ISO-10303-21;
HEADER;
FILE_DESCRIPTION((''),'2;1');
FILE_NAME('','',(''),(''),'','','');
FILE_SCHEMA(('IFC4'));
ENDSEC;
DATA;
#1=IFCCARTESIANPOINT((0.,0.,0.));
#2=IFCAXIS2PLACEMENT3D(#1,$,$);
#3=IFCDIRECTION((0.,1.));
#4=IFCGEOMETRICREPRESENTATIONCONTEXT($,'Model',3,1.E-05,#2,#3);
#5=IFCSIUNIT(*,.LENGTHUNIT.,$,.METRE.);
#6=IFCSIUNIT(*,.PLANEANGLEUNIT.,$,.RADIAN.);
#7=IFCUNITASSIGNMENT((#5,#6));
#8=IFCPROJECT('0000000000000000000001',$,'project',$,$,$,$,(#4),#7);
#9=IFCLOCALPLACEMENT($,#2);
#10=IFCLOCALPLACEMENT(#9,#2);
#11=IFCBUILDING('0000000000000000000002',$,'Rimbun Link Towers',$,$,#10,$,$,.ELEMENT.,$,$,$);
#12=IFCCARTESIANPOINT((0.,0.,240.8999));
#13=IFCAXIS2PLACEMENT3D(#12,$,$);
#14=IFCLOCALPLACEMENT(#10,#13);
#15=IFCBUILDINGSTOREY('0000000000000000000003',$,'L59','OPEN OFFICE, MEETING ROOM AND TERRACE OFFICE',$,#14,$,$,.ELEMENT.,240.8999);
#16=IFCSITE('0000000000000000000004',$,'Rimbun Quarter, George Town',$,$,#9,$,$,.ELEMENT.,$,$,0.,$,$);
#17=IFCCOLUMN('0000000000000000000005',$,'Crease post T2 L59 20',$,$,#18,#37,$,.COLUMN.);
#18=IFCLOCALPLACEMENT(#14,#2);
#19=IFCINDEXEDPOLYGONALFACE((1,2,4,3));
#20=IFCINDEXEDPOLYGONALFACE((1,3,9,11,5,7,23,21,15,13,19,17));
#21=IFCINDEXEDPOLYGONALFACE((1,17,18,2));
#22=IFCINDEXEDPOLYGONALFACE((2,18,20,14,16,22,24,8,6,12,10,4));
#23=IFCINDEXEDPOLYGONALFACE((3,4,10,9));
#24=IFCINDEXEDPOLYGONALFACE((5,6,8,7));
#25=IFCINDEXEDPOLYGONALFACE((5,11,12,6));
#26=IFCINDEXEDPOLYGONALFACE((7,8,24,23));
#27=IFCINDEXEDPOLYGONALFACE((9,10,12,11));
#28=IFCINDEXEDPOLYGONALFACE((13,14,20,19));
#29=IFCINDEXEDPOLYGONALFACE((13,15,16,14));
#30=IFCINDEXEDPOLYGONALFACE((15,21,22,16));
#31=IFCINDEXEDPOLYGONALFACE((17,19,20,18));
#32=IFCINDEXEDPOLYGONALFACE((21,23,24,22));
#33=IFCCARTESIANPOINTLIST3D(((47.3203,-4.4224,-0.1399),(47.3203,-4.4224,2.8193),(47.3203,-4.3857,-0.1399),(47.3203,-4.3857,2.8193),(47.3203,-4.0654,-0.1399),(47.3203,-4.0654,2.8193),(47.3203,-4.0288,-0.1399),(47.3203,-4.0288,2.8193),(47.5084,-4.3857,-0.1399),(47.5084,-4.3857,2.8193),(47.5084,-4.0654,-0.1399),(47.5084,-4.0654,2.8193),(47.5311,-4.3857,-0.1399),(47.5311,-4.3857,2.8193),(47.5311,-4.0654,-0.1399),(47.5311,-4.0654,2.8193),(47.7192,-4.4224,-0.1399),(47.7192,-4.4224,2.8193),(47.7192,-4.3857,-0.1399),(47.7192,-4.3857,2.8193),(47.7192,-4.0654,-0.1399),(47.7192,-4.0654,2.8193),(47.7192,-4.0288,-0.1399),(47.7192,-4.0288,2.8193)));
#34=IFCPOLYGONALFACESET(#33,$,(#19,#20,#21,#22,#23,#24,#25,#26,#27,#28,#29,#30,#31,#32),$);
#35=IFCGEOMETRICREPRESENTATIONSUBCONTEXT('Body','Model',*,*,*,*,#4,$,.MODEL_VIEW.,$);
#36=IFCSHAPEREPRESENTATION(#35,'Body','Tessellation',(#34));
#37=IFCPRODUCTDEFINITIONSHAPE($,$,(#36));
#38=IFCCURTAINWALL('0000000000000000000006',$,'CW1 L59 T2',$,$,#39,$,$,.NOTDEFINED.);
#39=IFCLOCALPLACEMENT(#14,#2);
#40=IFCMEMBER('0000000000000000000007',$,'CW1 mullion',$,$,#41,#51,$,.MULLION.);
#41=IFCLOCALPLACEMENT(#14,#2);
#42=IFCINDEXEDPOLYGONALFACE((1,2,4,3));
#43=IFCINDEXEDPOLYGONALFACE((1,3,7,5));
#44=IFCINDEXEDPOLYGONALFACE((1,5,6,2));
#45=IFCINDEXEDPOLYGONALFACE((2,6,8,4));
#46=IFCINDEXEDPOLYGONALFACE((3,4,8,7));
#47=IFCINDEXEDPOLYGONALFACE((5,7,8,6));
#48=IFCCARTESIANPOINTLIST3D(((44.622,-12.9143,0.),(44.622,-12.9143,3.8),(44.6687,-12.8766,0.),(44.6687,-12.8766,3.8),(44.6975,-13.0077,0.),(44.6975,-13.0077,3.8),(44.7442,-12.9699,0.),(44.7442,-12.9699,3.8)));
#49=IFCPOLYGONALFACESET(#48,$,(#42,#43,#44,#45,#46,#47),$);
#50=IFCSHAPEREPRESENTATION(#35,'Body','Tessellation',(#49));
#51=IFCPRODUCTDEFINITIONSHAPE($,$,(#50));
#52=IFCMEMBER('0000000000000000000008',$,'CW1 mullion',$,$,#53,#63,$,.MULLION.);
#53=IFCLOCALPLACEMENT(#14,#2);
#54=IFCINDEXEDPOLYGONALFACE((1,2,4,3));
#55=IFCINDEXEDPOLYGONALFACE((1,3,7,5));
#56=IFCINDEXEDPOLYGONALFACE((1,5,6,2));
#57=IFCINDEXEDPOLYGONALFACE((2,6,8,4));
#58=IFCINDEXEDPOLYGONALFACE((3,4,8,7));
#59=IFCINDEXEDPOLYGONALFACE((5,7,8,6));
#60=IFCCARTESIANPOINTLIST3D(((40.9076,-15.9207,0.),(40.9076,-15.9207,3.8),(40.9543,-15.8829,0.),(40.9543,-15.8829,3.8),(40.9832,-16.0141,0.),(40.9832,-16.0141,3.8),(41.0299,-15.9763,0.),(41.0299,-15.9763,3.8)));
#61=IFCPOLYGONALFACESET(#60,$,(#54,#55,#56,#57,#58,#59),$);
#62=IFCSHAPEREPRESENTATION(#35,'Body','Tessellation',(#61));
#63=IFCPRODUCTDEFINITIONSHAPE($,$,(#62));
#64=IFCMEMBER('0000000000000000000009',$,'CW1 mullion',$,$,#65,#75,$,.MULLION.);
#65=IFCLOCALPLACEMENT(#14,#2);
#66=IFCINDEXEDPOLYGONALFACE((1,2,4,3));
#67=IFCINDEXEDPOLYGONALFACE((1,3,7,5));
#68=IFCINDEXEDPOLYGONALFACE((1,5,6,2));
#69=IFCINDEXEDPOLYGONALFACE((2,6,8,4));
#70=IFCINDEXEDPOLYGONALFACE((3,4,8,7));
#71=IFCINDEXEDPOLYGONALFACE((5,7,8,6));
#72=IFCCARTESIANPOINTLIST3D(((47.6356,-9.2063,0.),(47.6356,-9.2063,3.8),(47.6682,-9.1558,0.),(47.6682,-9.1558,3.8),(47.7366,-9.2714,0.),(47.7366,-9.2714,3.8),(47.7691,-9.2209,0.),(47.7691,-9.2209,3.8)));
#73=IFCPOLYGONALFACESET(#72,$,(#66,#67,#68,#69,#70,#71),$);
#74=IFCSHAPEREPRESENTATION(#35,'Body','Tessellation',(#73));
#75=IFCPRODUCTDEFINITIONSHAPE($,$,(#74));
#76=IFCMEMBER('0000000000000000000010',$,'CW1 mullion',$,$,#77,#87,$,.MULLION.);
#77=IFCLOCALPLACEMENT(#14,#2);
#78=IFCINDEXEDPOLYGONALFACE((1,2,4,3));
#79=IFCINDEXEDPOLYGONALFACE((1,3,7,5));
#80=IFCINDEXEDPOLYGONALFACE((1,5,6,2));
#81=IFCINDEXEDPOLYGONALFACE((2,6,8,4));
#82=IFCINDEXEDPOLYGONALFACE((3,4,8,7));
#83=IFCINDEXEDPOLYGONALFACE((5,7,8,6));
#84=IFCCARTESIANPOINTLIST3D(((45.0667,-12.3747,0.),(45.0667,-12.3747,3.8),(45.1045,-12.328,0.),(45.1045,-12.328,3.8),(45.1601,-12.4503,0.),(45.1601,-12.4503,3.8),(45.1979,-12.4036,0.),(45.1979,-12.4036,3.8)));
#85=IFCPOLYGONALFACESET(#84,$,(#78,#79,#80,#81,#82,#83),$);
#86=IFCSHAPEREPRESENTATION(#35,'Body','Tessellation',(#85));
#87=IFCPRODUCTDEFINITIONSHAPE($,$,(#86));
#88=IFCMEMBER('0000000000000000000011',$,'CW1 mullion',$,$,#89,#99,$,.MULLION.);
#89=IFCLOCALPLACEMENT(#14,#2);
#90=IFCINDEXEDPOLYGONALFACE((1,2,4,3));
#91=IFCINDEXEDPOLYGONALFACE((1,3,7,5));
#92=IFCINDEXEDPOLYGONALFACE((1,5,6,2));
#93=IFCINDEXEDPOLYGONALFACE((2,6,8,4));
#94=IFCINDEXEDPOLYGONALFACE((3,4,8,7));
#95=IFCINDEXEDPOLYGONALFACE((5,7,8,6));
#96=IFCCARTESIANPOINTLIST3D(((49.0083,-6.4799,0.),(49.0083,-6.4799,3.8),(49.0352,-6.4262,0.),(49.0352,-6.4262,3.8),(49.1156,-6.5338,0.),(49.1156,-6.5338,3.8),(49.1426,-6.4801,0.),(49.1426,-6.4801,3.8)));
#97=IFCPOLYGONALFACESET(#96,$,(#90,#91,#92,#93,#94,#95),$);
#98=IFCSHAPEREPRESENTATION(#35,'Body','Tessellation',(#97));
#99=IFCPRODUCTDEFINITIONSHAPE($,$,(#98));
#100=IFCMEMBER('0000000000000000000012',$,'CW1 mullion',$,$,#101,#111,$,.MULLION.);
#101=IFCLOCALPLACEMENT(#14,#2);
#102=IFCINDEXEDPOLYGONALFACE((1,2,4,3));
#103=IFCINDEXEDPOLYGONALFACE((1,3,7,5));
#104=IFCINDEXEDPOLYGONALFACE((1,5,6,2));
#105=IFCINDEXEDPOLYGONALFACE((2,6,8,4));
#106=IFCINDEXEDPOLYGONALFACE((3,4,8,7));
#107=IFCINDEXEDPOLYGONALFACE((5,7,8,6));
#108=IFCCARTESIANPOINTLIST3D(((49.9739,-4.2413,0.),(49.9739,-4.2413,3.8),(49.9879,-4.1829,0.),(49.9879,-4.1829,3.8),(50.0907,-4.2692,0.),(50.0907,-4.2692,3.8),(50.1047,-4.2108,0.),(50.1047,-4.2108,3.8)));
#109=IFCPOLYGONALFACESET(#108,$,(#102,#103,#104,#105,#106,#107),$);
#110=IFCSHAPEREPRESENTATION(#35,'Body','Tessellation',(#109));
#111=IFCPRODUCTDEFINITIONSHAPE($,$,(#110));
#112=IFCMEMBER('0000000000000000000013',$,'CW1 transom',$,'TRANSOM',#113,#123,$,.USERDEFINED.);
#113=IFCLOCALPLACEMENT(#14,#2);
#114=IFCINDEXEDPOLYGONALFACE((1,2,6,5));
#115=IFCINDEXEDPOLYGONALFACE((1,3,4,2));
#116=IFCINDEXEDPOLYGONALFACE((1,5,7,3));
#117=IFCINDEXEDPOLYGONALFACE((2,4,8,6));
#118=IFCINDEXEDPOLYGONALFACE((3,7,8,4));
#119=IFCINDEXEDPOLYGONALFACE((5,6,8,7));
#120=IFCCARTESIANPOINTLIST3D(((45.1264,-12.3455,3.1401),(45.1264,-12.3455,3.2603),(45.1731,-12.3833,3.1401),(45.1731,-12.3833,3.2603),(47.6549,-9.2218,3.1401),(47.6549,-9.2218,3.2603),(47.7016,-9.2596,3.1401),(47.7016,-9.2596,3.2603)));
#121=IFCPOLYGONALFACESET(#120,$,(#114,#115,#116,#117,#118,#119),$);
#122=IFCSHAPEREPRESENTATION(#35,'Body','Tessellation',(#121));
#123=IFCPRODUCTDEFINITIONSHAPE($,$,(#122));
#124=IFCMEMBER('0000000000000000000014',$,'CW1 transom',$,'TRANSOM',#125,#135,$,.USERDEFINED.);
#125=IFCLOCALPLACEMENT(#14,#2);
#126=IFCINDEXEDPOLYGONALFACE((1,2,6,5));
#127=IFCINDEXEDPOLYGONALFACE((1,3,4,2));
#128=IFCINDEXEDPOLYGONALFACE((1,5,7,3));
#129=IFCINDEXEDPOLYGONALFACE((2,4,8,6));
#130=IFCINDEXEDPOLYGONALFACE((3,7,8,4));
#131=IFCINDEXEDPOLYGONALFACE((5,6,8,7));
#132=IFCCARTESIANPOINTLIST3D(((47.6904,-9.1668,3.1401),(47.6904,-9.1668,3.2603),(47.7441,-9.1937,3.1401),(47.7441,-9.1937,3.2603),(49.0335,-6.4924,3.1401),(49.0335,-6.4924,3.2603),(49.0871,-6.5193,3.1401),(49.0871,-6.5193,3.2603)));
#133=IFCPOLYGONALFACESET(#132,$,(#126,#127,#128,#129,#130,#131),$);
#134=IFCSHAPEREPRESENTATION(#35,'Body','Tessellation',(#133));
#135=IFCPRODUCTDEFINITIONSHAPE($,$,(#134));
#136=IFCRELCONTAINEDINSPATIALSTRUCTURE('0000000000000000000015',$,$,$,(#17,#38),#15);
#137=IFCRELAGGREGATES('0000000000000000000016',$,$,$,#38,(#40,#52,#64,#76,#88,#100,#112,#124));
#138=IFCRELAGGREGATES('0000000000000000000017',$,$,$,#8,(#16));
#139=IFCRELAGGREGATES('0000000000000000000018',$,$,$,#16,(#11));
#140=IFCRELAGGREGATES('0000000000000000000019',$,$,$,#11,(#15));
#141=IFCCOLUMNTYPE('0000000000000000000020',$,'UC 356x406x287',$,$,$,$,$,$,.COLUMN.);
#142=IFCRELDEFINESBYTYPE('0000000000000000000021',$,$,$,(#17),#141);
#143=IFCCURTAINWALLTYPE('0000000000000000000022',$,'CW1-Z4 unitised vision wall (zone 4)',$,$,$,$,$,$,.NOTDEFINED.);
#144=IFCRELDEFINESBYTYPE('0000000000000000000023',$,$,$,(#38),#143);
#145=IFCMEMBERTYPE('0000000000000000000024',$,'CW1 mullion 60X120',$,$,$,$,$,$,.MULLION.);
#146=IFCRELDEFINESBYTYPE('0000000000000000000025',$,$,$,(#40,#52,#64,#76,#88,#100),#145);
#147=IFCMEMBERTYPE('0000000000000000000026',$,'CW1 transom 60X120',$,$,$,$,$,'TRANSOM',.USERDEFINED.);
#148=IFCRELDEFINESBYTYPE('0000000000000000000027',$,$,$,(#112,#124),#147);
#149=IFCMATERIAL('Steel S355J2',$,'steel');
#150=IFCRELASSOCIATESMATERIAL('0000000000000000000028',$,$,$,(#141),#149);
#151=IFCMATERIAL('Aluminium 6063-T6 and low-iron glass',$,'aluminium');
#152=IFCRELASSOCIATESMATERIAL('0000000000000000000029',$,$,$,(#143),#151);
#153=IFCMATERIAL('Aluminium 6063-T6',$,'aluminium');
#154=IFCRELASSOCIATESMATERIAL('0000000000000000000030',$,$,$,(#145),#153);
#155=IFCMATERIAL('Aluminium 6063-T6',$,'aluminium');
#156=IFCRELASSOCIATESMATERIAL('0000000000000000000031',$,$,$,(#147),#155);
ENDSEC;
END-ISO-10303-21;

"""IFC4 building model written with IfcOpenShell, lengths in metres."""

from ifc_helpers import new_model, si_unit, direction, frame, origin, origin_2d, place, context, subcontext, project, spatial, rectangle, i_section, extrude, material, material_profile, profile_set, type_object, element, aggregate, save


model = new_model("IFC4")

# Units and contexts
model_context = context("Model", 3, precision=1e-05, world=origin(), true_north=direction((0.0, 1.0)))
body_context = subcontext(model_context, "Body", "Model", "MODEL_VIEW")
ifc_project = project(units=[si_unit("LENGTHUNIT", "METRE"), si_unit("PLANEANGLEUNIT", "RADIAN")], contexts=[model_context])

# Site, building, storey
site_placement = place(None, origin())
site = spatial("IfcSite", under=ifc_project, at=site_placement, Name="Rimbun Quarter, George Town", CompositionType="ELEMENT", RefElevation=0.0)
building_placement = place(site_placement, origin())
building = spatial("IfcBuilding", under=site, at=building_placement, Name="Rimbun Link Towers", CompositionType="ELEMENT")
storey_placement = place(building_placement, frame((0.0, 0.0, 240.8999)))
storey = spatial("IfcBuildingStorey", under=building, at=storey_placement, Name="L59", Description="OPEN OFFICE, MEETING ROOM AND TERRACE OFFICE", CompositionType="ELEMENT", Elevation=240.8999)

# Column
ifc_material_1 = material(Name="Steel S355J2", Category="steel")
ifc_material_profile_1 = material_profile(ifc_material_1, i_section(OverallWidth=0.3989, OverallDepth=0.3936, WebThickness=0.0227, FlangeThickness=0.0366, at=origin_2d()), Name="UC 356x406x287")
ifc_profile_set_1 = profile_set([ifc_material_profile_1], Name="Steel S355J2")
column_type = type_object("IfcColumnType", Name="UC 356x406x287", PredefinedType="COLUMN", material=ifc_profile_set_1)
column_placement = place(storey_placement, frame((47.5198, -4.2256, -0.1399), z_axis=(0.0, 0.0, 1.0), x_axis=(1.0, 0.0, 0.0)))
element("IfcColumn", 1, at=column_placement, inside=storey, type_object=column_type, Name="Crease post T2 L59 20", PredefinedType="COLUMN", context=body_context, shape_type="SweptSolid", body=[
    extrude(i_section(OverallWidth=0.3989, OverallDepth=0.3936, WebThickness=0.0227, FlangeThickness=0.0366, at=origin_2d()), origin(), (0.0, 0.0, 1.0), 2.9592),
])

# Curtain wall, members
ifc_material_2 = material(Name="Aluminium 6063-T6 and low-iron glass", Category="aluminium")
curtain_wall_type = type_object("IfcCurtainWallType", Name="CW1-Z4 unitised vision wall (zone 4)", PredefinedType="NOTDEFINED", material=ifc_material_2)
curtain_wall_placement = place(storey_placement, origin())
curtain_wall = element("IfcCurtainWall", 2, at=curtain_wall_placement, inside=storey, type_object=curtain_wall_type, Name="CW1 L59 T2", PredefinedType="NOTDEFINED")
ifc_material_3 = material(Name="Aluminium 6063-T6", Category="aluminium")
ifc_material_profile_2 = material_profile(ifc_material_3, rectangle(XDim=0.1201, YDim=0.0601, at=origin_2d()), Name="MULLION 60X120")
ifc_profile_set_2 = profile_set([ifc_material_profile_2], Name="Aluminium 6063-T6")
member_type_1 = type_object("IfcMemberType", Name="CW1 mullion 60X120", PredefinedType="MULLION", material=ifc_profile_set_2)
member_1_placement = place(storey_placement, frame((44.6831, -12.9421, 0.0), z_axis=(0.0, 0.0, 1.0), x_axis=(0.629148, -0.777285, 0.0)))
member_1 = element("IfcMember", 3, at=member_1_placement, type_object=member_type_1, Name="CW1 mullion", PredefinedType="MULLION", context=body_context, shape_type="SweptSolid", body=[
    extrude(rectangle(XDim=0.1201, YDim=0.0601, at=origin_2d()), origin(), (0.0, 0.0, 1.0), 3.8),
])
member_2_placement = place(storey_placement, frame((40.9688, -15.9485, 0.0), z_axis=(0.0, 0.0, 1.0), x_axis=(0.629148, -0.777285, 0.0)))
member_2 = element("IfcMember", 4, at=member_2_placement, type_object=member_type_1, Name="CW1 mullion", PredefinedType="MULLION", context=body_context, shape_type="SweptSolid", body=[
    extrude(rectangle(XDim=0.1201, YDim=0.0601, at=origin_2d()), origin(), (0.0, 0.0, 1.0), 3.8),
])
member_3_placement = place(storey_placement, frame((47.7024, -9.2136, 0.0), z_axis=(0.0, 0.0, 1.0), x_axis=(0.840317, -0.542095, 0.0)))
member_3 = element("IfcMember", 5, at=member_3_placement, type_object=member_type_1, Name="CW1 mullion", PredefinedType="MULLION", context=body_context, shape_type="SweptSolid", body=[
    extrude(rectangle(XDim=0.1201, YDim=0.0601, at=origin_2d()), origin(), (0.0, 0.0, 1.0), 3.8),
])
member_4_placement = place(storey_placement, frame((45.1323, -12.3892, 0.0), z_axis=(0.0, 0.0, 1.0), x_axis=(0.777285, -0.629148, 0.0)))
member_4 = element("IfcMember", 6, at=member_4_placement, type_object=member_type_1, Name="CW1 mullion", PredefinedType="MULLION", context=body_context, shape_type="SweptSolid", body=[
    extrude(rectangle(XDim=0.1201, YDim=0.0601, at=origin_2d()), origin(), (0.0, 0.0, 1.0), 3.8),
])
member_5_placement = place(storey_placement, frame((49.0754, -6.48, 0.0), z_axis=(0.0, 0.0, 1.0), x_axis=(0.893643, -0.448779, 0.0)))
member_5 = element("IfcMember", 7, at=member_5_placement, type_object=member_type_1, Name="CW1 mullion", PredefinedType="MULLION", context=body_context, shape_type="SweptSolid", body=[
    extrude(rectangle(XDim=0.1201, YDim=0.0601, at=origin_2d()), origin(), (0.0, 0.0, 1.0), 3.8),
])
member_6_placement = place(storey_placement, frame((50.0393, -4.2261, 0.0), z_axis=(0.0, 0.0, 1.0), x_axis=(0.972572, -0.232603, 0.0)))
member_6 = element("IfcMember", 8, at=member_6_placement, type_object=member_type_1, Name="CW1 mullion", PredefinedType="MULLION", context=body_context, shape_type="SweptSolid", body=[
    extrude(rectangle(XDim=0.1201, YDim=0.0601, at=origin_2d()), origin(), (0.0, 0.0, 1.0), 3.8),
])
ifc_material_4 = material(Name="Aluminium 6063-T6", Category="aluminium")
ifc_material_profile_3 = material_profile(ifc_material_4, rectangle(XDim=0.0601, YDim=0.1201, at=origin_2d()), Name="TRANSOM 60X120")
ifc_profile_set_3 = profile_set([ifc_material_profile_3], Name="Aluminium 6063-T6")
member_type_2 = type_object("IfcMemberType", Name="CW1 transom 60X120", ElementType="TRANSOM", PredefinedType="USERDEFINED", material=ifc_profile_set_3)
member_7_placement = place(storey_placement, frame((47.6782, -9.2407, 3.2002), z_axis=(-0.629167, -0.77727, 0.0), x_axis=(0.77727, -0.629167, 0.0)))
member_7 = element("IfcMember", 9, at=member_7_placement, type_object=member_type_2, Name="CW1 transom", ObjectType="TRANSOM", PredefinedType="USERDEFINED", context=body_context, shape_type="SweptSolid", body=[
    extrude(rectangle(XDim=0.0601, YDim=0.1201, at=origin_2d()), origin(), (0.0, 0.0, 1.0), 4.0188),
])
member_8_placement = place(storey_placement, frame((49.0603, -6.5059, 3.2002), z_axis=(-0.448779, -0.893643, 0.0), x_axis=(0.893643, -0.448779, 0.0)))
member_8 = element("IfcMember", 10, at=member_8_placement, type_object=member_type_2, Name="CW1 transom", ObjectType="TRANSOM", PredefinedType="USERDEFINED", context=body_context, shape_type="SweptSolid", body=[
    extrude(rectangle(XDim=0.0601, YDim=0.1201, at=origin_2d()), origin(), (0.0, 0.0, 1.0), 2.9927),
])

aggregate(curtain_wall, [member_1, member_2, member_3, member_4, member_5, member_6, member_7, member_8])

save(model, "model.ifc")
